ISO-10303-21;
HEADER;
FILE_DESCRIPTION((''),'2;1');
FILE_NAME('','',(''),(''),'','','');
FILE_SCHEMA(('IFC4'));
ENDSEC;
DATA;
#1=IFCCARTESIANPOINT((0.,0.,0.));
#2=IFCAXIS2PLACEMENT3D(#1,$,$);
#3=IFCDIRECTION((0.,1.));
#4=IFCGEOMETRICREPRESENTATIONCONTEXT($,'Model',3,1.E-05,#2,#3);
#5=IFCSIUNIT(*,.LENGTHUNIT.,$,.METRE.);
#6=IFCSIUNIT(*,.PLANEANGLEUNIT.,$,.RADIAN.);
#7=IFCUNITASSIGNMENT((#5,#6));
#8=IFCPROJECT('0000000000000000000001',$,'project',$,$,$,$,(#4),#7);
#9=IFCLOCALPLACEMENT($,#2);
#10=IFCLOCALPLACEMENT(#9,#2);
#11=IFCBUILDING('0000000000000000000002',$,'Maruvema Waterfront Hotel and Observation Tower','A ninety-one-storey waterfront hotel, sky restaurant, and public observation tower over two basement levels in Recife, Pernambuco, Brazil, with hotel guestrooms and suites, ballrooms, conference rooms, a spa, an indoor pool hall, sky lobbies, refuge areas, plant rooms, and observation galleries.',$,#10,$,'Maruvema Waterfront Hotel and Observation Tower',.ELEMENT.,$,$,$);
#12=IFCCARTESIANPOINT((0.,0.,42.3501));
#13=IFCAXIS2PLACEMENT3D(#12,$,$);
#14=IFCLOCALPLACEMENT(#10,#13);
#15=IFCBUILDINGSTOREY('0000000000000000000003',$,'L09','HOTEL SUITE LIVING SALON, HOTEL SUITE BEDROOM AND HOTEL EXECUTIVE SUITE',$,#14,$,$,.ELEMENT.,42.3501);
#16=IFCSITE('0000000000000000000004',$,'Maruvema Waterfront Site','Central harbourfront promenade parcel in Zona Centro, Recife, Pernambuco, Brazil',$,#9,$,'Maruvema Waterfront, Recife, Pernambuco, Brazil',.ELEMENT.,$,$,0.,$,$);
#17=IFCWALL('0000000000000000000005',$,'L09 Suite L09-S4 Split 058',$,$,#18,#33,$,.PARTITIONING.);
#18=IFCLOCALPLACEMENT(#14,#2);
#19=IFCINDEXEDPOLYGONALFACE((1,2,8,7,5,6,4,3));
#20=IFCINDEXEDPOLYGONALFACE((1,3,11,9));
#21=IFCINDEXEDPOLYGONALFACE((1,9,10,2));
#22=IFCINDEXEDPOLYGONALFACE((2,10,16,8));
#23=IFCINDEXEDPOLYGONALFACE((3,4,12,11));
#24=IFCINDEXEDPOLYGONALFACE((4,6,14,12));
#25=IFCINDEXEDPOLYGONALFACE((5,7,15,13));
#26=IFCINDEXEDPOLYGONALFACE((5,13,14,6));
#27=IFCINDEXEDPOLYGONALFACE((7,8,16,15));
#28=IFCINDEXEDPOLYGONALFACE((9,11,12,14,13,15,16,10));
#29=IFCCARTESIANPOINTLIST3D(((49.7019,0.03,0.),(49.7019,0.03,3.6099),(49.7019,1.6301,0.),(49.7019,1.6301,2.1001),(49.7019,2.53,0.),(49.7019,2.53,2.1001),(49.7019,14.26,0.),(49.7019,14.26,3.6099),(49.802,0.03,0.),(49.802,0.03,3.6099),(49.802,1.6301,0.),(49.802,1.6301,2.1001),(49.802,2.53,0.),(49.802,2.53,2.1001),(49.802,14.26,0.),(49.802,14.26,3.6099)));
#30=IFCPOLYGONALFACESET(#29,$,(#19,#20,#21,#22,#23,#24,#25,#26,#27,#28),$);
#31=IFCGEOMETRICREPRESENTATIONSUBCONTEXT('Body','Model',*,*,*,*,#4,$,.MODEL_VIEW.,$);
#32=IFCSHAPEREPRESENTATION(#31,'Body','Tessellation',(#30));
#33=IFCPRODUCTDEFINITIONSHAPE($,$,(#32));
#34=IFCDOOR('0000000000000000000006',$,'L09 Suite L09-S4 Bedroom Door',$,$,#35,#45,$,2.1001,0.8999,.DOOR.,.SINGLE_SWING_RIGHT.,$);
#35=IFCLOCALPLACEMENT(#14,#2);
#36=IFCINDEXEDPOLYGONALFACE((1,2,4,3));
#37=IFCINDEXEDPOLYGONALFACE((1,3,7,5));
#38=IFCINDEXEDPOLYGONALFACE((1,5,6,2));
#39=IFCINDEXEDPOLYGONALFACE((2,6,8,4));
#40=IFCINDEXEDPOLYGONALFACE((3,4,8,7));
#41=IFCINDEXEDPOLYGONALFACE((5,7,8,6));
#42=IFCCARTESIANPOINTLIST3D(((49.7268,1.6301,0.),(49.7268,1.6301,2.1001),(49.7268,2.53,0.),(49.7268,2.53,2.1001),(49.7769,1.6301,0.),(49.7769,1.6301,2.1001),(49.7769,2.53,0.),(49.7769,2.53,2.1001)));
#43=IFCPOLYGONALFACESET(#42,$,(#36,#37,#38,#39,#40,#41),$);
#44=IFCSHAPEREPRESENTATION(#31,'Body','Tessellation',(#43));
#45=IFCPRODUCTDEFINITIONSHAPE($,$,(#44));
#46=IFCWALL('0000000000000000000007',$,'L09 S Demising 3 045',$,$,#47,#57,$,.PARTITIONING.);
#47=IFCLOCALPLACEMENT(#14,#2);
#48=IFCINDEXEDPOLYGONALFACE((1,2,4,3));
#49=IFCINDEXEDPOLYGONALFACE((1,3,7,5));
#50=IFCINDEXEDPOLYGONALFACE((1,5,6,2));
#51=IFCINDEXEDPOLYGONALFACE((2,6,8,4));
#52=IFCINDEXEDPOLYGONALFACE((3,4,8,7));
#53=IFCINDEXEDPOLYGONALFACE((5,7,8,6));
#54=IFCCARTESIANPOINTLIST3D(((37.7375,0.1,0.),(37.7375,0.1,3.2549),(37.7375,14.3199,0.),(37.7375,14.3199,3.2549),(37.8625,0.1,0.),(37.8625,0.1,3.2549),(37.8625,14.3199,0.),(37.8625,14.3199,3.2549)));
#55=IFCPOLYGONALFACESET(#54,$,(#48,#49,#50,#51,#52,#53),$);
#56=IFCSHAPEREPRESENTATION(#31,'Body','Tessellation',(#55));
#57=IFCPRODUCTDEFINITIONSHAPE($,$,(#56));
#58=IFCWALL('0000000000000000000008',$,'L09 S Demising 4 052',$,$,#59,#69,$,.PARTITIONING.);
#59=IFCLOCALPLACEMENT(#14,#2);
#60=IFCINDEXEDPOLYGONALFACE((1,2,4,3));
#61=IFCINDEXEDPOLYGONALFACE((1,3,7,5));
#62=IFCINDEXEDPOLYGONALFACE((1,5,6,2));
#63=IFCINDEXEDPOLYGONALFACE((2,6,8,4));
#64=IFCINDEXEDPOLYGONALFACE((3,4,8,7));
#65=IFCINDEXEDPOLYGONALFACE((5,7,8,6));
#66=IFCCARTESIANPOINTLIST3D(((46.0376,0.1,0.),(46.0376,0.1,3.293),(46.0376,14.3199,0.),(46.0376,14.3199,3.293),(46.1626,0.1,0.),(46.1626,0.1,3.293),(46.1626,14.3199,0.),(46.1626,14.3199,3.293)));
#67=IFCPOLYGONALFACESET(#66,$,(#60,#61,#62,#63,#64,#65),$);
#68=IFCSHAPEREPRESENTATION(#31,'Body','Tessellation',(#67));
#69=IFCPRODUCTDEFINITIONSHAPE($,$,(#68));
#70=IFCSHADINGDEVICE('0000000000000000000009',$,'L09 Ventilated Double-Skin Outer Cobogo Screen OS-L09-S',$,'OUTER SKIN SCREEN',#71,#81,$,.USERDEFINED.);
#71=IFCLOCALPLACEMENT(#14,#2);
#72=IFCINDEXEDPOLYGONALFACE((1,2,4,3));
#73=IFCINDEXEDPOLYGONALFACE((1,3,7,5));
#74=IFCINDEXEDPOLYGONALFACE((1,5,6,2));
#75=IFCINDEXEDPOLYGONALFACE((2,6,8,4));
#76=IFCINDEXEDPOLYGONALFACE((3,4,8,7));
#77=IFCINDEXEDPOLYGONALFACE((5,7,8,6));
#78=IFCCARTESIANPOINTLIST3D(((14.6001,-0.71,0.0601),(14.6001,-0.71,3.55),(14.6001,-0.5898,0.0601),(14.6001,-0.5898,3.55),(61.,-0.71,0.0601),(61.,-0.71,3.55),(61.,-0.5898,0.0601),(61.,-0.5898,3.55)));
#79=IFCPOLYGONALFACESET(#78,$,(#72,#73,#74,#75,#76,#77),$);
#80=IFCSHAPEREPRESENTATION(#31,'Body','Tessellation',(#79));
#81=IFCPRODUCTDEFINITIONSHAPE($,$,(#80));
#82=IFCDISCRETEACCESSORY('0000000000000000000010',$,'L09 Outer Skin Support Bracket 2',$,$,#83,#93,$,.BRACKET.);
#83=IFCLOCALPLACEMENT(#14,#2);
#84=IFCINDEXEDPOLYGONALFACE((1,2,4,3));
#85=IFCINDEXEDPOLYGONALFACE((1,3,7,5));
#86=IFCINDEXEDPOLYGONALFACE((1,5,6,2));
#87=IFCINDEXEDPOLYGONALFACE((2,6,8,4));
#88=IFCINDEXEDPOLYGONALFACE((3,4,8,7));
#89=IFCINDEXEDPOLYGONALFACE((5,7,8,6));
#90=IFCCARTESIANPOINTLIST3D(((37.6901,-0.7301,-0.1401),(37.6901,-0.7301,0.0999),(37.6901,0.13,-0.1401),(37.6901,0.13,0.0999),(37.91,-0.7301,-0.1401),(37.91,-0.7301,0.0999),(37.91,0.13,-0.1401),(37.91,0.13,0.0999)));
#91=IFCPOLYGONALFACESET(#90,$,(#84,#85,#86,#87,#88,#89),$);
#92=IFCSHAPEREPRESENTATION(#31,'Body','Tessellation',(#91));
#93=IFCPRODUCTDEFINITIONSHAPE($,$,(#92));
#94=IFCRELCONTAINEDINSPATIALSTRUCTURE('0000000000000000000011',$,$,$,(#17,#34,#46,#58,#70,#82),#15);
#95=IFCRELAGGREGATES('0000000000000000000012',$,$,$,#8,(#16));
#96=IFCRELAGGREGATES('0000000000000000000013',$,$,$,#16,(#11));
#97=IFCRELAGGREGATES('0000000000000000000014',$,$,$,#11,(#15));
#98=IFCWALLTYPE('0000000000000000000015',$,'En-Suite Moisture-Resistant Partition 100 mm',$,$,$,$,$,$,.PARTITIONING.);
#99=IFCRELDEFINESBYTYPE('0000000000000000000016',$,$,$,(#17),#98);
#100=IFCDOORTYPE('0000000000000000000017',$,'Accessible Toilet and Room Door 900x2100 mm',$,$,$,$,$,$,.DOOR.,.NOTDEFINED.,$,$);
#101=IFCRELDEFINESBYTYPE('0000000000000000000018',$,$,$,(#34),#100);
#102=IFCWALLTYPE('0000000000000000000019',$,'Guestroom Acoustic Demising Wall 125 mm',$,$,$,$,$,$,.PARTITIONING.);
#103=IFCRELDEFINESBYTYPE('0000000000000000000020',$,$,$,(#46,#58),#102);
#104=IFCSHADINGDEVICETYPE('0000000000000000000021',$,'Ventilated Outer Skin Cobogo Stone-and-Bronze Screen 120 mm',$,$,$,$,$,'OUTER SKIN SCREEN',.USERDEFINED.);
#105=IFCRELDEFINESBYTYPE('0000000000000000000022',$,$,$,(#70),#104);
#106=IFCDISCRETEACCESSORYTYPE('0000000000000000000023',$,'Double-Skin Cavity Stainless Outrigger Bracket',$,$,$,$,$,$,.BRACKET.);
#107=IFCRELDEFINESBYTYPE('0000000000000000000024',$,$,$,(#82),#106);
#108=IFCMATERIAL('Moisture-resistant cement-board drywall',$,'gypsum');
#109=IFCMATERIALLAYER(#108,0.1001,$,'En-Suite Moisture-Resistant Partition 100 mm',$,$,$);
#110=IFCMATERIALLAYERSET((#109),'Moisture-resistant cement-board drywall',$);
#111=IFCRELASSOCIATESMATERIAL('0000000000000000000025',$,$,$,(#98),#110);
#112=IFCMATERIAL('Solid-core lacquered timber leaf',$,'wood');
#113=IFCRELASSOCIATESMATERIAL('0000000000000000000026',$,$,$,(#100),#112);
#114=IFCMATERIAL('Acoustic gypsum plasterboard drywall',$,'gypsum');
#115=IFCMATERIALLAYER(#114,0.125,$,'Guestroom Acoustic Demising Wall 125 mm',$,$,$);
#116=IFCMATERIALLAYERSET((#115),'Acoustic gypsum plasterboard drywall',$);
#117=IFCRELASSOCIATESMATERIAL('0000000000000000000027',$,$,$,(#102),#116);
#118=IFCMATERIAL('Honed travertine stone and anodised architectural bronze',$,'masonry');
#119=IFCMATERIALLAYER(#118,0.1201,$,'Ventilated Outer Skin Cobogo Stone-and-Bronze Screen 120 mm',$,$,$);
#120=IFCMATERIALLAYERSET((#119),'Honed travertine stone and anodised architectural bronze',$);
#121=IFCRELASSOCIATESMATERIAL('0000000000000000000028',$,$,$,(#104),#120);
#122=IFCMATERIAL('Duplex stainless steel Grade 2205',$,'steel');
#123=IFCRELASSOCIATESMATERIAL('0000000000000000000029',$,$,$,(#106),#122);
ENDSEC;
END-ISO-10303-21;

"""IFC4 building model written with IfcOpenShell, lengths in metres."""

from ifc_helpers import new_model, si_unit, direction, frame, frame_2d, origin, origin_2d, place, context, subcontext, project, spatial, rectangle, extrude, material, layer, layer_set, type_object, element, fill, save


model = new_model("IFC4")

# Units and contexts
model_context = context("Model", 3, precision=1e-05, world=origin(), true_north=direction((0.0, 1.0)))
body_context = subcontext(model_context, "Body", "Model", "MODEL_VIEW")
ifc_project = project(units=[si_unit("LENGTHUNIT", "METRE"), si_unit("PLANEANGLEUNIT", "RADIAN")], contexts=[model_context])

# Site, building, storey
site_placement = place(None, origin())
site = spatial("IfcSite", under=ifc_project, at=site_placement, Name="Maruvema Waterfront Site", Description="Central harbourfront promenade parcel in Zona Centro, Recife, Pernambuco, Brazil", LongName="Maruvema Waterfront, Recife, Pernambuco, Brazil", CompositionType="ELEMENT", RefElevation=0.0)
building_placement = place(site_placement, origin())
building = spatial("IfcBuilding", under=site, at=building_placement, Name="Maruvema Waterfront Hotel and Observation Tower", Description="A ninety-one-storey waterfront hotel, sky restaurant, and public observation tower over two basement levels in Recife, Pernambuco, Brazil, with hotel guestrooms and suites, ballrooms, conference rooms, a spa, an indoor pool hall, sky lobbies, refuge areas, plant rooms, and observation galleries.", LongName="Maruvema Waterfront Hotel and Observation Tower", CompositionType="ELEMENT")
storey_placement = place(building_placement, frame((0.0, 0.0, 42.3501)))
storey = spatial("IfcBuildingStorey", under=building, at=storey_placement, Name="L09", Description="HOTEL SUITE LIVING SALON, HOTEL SUITE BEDROOM AND HOTEL EXECUTIVE SUITE", CompositionType="ELEMENT", Elevation=42.3501)

# Shared definitions
ifc_material_1 = material(Name="Moisture-resistant cement-board drywall", Category="gypsum")
ifc_layer_1 = layer(ifc_material_1, 0.1001, Name="En-Suite Moisture-Resistant Partition 100 mm")
ifc_layer_set_1 = layer_set([ifc_layer_1], Name="Moisture-resistant cement-board drywall")
wall_type_1 = type_object("IfcWallType", Name="En-Suite Moisture-Resistant Partition 100 mm", PredefinedType="PARTITIONING", material=ifc_layer_set_1)

# Wall, opening, door
ifc_material_2 = material(Name="Solid-core lacquered timber leaf", Category="wood")
door_type = type_object("IfcDoorType", Name="Accessible Toilet and Room Door 900x2100 mm", OperationType="NOTDEFINED", PredefinedType="DOOR", material=ifc_material_2)
wall_1_placement = place(storey_placement, frame((49.752, 0.03, 0.0), z_axis=(0.0, 0.0, 1.0), x_axis=(0.0, 1.0, 0.0)))
wall_1 = element("IfcWall", 1, at=wall_1_placement, inside=storey, type_object=wall_type_1, Name="L09 Suite L09-S4 Split 058", PredefinedType="PARTITIONING", context=body_context, shape_type="SweptSolid", body=[
    extrude(rectangle(XDim=14.23, YDim=0.1001, at=frame_2d((7.115, 0.0))), origin(), (0.0, 0.0, 1.0), 3.6099),
])
opening_1_placement = place(wall_1_placement, frame((1.6001, 0.0, 0.0)))
opening_1 = element("IfcOpeningElement", 2, at=opening_1_placement, cuts=wall_1, PredefinedType="OPENING", context=body_context, shape_type="SweptSolid", body=[
    extrude(rectangle(XDim=0.8999, YDim=2.1001, at=frame_2d((0.45, 1.05))), frame((0.0, 0.0601, 0.0), z_axis=(0.0, -1.0, 0.0), x_axis=(1.0, 0.0, 0.0)), (0.0, 0.0, 1.0), 0.1201),
])
door_1_placement = place(opening_1_placement, frame((0.8999, 0.0, 0.0), z_axis=(0.0, 0.0, 1.0), x_axis=(-1.0, 0.0, 0.0)))
door_1 = element("IfcDoor", 3, at=door_1_placement, inside=storey, type_object=door_type, Name="L09 Suite L09-S4 Bedroom Door", OperationType="SINGLE_SWING_RIGHT", OverallHeight=2.1001, OverallWidth=0.8999, PredefinedType="DOOR", context=body_context, shape_type="SweptSolid", body=[
    extrude(rectangle(XDim=0.8999, YDim=2.1001, at=frame_2d((0.45, 1.05))), frame((0.0, 0.0249, 0.0), z_axis=(0.0, -1.0, 0.0), x_axis=(1.0, 0.0, 0.0)), (0.0, 0.0, 1.0), 0.05),
])
fill(opening_1, door_1)

# Walls
ifc_material_3 = material(Name="Acoustic gypsum plasterboard drywall", Category="gypsum")
ifc_layer_2 = layer(ifc_material_3, 0.125, Name="Guestroom Acoustic Demising Wall 125 mm")
ifc_layer_set_2 = layer_set([ifc_layer_2], Name="Acoustic gypsum plasterboard drywall")
wall_type_2 = type_object("IfcWallType", Name="Guestroom Acoustic Demising Wall 125 mm", PredefinedType="PARTITIONING", material=ifc_layer_set_2)
wall_2_placement = place(storey_placement, frame((37.8, 0.1001, 0.0), z_axis=(0.0, 0.0, 1.0), x_axis=(0.0, 1.0, 0.0)))
element("IfcWall", 4, at=wall_2_placement, inside=storey, type_object=wall_type_2, Name="L09 S Demising 3 045", PredefinedType="PARTITIONING", context=body_context, shape_type="SweptSolid", body=[
    extrude(rectangle(XDim=14.22, YDim=0.125, at=frame_2d((7.1099, 0.0))), origin(), (0.0, 0.0, 1.0), 3.2549),
])
wall_3_placement = place(storey_placement, frame((46.1001, 0.1001, 0.0), z_axis=(0.0, 0.0, 1.0), x_axis=(0.0, 1.0, 0.0)))
element("IfcWall", 5, at=wall_3_placement, inside=storey, type_object=wall_type_2, Name="L09 S Demising 4 052", PredefinedType="PARTITIONING", context=body_context, shape_type="SweptSolid", body=[
    extrude(rectangle(XDim=14.22, YDim=0.125, at=frame_2d((7.1099, 0.0))), origin(), (0.0, 0.0, 1.0), 3.293),
])

# Shading device
ifc_material_4 = material(Name="Honed travertine stone and anodised architectural bronze", Category="masonry")
ifc_layer_3 = layer(ifc_material_4, 0.1201, Name="Ventilated Outer Skin Cobogo Stone-and-Bronze Screen 120 mm")
ifc_layer_set_3 = layer_set([ifc_layer_3], Name="Honed travertine stone and anodised architectural bronze")
shading_device_type = type_object("IfcShadingDeviceType", Name="Ventilated Outer Skin Cobogo Stone-and-Bronze Screen 120 mm", ElementType="OUTER SKIN SCREEN", PredefinedType="USERDEFINED", material=ifc_layer_set_3)
shading_device_placement = place(storey_placement, frame((37.8, -0.6499, 0.0601), z_axis=(0.0, 0.0, 1.0), x_axis=(1.0, 0.0, 0.0)))
element("IfcShadingDevice", 6, at=shading_device_placement, inside=storey, type_object=shading_device_type, Name="L09 Ventilated Double-Skin Outer Cobogo Screen OS-L09-S", ObjectType="OUTER SKIN SCREEN", PredefinedType="USERDEFINED", context=body_context, shape_type="SweptSolid", body=[
    extrude(rectangle(XDim=46.3999, YDim=0.1201, at=origin_2d()), origin(), (0.0, 0.0, 1.0), 3.49),
])

# Discrete accessory
ifc_material_5 = material(Name="Duplex stainless steel Grade 2205", Category="steel")
discrete_accessory_type = type_object("IfcDiscreteAccessoryType", Name="Double-Skin Cavity Stainless Outrigger Bracket", PredefinedType="BRACKET", material=ifc_material_5)
discrete_accessory_placement = place(storey_placement, frame((37.8, -0.3, -0.1401), z_axis=(0.0, 0.0, 1.0), x_axis=(1.0, 0.0, 0.0)))
element("IfcDiscreteAccessory", 7, at=discrete_accessory_placement, inside=storey, type_object=discrete_accessory_type, Name="L09 Outer Skin Support Bracket 2", PredefinedType="BRACKET", context=body_context, shape_type="SweptSolid", body=[
    extrude(rectangle(XDim=0.22, YDim=0.8601, at=origin_2d()), origin(), (0.0, 0.0, 1.0), 0.24),
])

save(model, "model.ifc")
